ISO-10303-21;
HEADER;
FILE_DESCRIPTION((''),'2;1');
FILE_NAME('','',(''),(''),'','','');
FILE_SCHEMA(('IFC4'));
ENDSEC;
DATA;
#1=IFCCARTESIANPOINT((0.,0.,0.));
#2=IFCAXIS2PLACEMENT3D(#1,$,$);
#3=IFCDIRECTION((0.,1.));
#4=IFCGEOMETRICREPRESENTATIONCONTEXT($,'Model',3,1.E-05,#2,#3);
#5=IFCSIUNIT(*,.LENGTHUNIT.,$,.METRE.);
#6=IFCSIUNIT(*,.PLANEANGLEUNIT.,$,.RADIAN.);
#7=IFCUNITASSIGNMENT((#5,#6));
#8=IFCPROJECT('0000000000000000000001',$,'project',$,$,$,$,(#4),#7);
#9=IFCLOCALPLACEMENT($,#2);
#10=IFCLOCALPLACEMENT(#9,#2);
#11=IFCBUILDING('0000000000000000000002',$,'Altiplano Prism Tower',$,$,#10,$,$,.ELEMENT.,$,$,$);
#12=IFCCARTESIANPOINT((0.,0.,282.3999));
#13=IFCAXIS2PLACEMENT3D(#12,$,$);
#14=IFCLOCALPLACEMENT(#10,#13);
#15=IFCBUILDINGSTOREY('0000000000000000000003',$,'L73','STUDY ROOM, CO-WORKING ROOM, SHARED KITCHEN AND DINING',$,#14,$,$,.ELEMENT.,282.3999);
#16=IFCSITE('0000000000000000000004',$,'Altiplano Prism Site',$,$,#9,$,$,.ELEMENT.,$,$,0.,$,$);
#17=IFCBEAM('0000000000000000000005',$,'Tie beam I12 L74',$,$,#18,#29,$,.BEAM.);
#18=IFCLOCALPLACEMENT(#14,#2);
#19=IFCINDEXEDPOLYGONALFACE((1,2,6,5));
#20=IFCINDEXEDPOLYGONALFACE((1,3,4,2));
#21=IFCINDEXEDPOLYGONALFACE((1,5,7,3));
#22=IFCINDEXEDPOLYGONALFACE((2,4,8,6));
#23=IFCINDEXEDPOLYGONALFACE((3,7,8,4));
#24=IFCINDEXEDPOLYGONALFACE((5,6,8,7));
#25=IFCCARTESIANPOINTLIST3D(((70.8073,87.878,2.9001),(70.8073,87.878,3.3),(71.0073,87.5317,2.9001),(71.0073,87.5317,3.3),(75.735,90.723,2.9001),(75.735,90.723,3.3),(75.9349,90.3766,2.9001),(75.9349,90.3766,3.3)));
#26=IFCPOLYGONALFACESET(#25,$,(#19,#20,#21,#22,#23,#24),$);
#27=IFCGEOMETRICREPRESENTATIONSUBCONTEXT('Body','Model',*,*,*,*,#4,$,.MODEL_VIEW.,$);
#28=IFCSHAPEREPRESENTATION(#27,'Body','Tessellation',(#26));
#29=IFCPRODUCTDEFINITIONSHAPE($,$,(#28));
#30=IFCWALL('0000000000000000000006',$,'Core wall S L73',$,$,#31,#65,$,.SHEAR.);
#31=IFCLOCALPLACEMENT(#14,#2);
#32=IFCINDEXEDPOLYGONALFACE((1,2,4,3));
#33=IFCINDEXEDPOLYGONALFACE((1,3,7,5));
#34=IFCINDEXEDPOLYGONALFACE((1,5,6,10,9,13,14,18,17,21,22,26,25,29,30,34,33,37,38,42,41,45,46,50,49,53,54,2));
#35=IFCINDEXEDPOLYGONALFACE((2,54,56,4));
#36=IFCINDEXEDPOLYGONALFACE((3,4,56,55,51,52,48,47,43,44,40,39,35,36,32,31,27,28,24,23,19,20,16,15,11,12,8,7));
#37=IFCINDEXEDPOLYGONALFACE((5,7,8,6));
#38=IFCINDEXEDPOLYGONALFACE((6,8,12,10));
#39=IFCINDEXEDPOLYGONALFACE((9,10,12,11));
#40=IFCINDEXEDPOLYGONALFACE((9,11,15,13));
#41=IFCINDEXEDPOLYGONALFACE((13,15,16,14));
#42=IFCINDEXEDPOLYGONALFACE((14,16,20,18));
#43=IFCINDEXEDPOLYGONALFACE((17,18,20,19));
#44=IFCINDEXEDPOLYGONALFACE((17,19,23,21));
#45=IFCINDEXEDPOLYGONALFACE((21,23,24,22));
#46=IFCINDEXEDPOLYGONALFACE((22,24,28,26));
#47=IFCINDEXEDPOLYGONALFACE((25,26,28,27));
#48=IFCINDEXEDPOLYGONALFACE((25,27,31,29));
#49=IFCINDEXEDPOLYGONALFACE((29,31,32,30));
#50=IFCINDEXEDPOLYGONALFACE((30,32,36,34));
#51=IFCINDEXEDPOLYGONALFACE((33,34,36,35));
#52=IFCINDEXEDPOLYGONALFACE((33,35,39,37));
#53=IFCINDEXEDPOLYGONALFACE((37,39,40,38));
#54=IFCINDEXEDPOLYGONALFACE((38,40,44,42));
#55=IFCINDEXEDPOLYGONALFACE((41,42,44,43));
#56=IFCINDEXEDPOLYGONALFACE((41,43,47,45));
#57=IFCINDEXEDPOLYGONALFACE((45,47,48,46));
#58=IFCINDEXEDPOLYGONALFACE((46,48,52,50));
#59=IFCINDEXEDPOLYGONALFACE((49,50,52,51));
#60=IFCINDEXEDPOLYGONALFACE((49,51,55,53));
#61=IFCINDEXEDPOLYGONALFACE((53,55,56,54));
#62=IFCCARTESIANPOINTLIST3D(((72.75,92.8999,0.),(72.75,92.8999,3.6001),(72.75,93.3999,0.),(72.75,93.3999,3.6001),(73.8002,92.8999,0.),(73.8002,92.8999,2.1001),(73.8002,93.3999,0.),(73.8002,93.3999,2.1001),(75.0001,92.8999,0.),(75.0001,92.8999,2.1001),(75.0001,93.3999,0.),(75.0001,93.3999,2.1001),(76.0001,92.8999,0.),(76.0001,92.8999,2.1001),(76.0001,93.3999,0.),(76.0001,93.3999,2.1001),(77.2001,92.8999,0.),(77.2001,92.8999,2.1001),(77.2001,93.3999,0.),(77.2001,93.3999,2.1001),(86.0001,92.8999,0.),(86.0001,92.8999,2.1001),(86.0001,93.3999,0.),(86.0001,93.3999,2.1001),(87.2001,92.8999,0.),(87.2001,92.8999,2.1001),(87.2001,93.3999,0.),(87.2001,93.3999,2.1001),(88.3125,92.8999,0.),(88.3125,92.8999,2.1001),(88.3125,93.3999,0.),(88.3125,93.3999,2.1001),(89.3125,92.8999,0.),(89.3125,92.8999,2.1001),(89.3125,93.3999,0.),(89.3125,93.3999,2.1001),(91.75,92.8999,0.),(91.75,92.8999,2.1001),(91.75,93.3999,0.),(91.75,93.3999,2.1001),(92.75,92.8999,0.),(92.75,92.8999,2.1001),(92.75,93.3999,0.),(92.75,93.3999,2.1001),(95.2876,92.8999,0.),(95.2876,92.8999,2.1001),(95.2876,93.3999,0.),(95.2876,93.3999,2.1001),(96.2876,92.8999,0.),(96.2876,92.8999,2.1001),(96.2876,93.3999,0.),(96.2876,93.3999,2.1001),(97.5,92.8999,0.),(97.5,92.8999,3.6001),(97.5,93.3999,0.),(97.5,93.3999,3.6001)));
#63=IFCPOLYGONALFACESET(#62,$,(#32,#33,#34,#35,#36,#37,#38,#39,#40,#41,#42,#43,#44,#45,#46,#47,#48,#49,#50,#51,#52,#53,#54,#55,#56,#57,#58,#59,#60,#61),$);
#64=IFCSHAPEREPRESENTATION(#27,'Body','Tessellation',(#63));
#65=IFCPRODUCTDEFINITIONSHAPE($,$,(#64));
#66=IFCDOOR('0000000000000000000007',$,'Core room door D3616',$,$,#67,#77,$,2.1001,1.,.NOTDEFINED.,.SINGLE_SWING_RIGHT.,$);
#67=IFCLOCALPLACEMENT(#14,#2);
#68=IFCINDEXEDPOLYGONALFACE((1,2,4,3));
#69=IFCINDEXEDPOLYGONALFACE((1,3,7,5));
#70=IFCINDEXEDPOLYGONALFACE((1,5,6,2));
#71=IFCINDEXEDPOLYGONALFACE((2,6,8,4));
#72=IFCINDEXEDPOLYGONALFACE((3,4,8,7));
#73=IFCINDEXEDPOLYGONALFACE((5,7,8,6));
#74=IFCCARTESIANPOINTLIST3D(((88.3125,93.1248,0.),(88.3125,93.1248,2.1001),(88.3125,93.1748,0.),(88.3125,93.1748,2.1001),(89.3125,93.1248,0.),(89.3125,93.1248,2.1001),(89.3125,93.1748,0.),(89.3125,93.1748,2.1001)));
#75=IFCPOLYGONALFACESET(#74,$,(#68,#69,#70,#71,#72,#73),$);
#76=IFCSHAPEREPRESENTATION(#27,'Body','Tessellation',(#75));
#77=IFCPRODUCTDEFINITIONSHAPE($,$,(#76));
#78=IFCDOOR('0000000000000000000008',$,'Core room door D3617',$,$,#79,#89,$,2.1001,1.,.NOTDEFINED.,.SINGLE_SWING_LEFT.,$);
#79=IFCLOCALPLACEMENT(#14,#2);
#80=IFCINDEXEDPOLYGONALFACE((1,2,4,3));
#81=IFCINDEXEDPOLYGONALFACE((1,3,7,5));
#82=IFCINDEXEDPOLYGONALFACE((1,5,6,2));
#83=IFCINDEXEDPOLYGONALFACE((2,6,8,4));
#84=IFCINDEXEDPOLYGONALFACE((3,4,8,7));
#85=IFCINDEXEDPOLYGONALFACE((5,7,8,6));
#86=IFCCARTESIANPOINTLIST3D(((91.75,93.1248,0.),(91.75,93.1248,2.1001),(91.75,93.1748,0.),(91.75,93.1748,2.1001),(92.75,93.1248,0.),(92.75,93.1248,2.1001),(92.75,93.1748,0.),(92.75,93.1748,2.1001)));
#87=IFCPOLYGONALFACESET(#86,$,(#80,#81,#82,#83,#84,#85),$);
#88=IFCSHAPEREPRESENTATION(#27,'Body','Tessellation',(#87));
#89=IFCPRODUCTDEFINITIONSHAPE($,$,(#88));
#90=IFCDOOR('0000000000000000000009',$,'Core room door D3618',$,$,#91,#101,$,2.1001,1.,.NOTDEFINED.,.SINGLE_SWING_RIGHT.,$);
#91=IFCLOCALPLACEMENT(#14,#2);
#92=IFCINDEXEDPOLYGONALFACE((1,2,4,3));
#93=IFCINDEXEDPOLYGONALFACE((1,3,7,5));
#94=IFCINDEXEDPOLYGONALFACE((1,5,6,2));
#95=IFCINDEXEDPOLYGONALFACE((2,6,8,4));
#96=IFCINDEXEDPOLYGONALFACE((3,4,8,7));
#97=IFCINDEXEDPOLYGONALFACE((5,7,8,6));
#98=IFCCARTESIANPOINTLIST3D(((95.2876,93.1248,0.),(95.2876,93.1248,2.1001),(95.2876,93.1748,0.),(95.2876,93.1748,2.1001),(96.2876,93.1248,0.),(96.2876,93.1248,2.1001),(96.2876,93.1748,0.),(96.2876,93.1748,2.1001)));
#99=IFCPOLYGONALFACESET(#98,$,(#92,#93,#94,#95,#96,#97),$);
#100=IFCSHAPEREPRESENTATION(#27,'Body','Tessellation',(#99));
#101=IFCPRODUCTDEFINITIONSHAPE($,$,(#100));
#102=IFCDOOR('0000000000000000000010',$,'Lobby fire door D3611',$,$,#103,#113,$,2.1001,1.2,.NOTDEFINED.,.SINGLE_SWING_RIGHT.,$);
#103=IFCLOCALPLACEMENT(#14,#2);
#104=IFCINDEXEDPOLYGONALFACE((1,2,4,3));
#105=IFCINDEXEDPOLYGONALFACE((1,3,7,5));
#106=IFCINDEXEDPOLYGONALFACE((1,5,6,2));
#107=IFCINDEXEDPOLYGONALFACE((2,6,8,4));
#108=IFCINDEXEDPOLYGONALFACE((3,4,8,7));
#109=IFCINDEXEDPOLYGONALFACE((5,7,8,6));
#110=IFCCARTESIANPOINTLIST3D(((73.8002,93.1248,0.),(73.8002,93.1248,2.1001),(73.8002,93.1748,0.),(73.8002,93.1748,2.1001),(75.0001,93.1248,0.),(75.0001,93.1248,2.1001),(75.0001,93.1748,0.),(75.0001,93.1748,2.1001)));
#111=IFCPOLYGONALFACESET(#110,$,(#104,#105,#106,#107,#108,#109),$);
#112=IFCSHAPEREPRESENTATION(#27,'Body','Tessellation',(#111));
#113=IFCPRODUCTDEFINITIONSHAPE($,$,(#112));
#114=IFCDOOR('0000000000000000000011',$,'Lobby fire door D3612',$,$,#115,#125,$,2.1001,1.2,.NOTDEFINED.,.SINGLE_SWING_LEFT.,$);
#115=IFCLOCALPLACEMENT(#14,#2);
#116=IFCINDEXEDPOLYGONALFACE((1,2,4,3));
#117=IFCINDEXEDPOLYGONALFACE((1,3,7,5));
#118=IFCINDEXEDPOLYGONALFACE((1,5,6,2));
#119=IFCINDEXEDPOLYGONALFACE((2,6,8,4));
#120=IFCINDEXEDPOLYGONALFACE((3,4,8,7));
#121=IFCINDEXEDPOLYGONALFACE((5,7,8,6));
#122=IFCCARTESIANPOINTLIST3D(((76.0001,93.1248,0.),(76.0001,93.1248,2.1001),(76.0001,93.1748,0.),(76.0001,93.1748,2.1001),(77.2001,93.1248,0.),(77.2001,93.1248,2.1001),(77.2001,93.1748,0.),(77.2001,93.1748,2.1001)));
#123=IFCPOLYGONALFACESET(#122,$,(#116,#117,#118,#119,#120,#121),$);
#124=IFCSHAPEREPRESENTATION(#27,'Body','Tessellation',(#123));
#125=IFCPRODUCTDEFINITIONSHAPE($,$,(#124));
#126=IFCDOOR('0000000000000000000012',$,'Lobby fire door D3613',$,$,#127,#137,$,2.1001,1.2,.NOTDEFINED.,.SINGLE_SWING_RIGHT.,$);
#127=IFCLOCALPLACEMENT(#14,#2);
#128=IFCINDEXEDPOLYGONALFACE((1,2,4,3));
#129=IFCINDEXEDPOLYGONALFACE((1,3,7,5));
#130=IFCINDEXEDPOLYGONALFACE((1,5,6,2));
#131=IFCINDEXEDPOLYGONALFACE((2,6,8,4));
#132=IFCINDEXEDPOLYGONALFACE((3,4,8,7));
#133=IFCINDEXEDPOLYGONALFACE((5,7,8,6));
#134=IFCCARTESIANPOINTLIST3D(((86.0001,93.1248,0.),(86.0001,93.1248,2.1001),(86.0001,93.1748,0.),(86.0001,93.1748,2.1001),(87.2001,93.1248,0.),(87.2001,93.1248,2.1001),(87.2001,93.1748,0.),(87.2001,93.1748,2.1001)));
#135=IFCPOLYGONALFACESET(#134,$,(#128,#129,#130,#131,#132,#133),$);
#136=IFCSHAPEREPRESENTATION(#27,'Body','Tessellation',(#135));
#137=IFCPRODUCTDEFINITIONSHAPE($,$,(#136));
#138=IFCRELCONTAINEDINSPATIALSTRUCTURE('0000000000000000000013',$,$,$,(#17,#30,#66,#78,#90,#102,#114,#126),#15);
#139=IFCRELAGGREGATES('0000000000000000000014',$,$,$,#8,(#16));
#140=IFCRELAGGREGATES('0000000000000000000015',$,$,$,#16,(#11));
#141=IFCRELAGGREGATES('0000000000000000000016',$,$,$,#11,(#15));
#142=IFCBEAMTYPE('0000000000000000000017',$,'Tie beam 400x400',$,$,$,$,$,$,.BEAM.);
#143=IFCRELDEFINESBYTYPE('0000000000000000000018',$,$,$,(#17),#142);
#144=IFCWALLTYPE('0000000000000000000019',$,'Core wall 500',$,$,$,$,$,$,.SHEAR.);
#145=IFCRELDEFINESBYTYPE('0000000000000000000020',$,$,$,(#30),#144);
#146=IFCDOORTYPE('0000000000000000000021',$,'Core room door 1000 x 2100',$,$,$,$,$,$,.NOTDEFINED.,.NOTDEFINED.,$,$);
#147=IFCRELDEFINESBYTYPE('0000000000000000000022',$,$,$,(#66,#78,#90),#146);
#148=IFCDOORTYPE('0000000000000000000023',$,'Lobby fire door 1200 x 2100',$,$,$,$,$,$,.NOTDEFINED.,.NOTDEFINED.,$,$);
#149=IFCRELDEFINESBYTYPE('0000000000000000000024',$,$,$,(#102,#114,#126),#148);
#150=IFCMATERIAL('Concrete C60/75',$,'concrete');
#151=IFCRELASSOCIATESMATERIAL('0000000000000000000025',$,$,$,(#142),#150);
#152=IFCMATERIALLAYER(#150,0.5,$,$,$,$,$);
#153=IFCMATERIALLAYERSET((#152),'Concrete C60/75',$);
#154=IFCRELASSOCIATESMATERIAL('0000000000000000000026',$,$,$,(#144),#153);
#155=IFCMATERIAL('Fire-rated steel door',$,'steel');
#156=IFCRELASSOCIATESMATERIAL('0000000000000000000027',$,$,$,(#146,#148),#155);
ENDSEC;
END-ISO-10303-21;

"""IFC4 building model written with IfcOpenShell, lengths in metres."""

from ifc_helpers import new_model, si_unit, direction, frame, frame_2d, origin, origin_2d, place, context, subcontext, project, spatial, rectangle, extrude, material, layer, layer_set, material_profile, profile_set, type_object, element, fill, save


model = new_model("IFC4")

# Units and contexts
model_context = context("Model", 3, precision=1e-05, world=origin(), true_north=direction((0.0, 1.0)))
body_context = subcontext(model_context, "Body", "Model", "MODEL_VIEW")
ifc_project = project(units=[si_unit("LENGTHUNIT", "METRE"), si_unit("PLANEANGLEUNIT", "RADIAN")], contexts=[model_context])

# Site, building, storey
site_placement = place(None, origin())
site = spatial("IfcSite", under=ifc_project, at=site_placement, Name="Altiplano Prism Site", CompositionType="ELEMENT", RefElevation=0.0)
building_placement = place(site_placement, origin())
building = spatial("IfcBuilding", under=site, at=building_placement, Name="Altiplano Prism Tower", CompositionType="ELEMENT")
storey_placement = place(building_placement, frame((0.0, 0.0, 282.3999)))
storey = spatial("IfcBuildingStorey", under=building, at=storey_placement, Name="L73", Description="STUDY ROOM, CO-WORKING ROOM, SHARED KITCHEN AND DINING", CompositionType="ELEMENT", Elevation=282.3999)

# Beam
ifc_material_1 = material(Name="Concrete C60/75", Category="concrete")
ifc_material_profile = material_profile(ifc_material_1, rectangle(XDim=0.3999, YDim=0.3999, at=origin_2d()), Name="Tie beam 400x400")
ifc_profile_set = profile_set([ifc_material_profile], Name="Concrete C60/75")
beam_type = type_object("IfcBeamType", Name="Tie beam 400x400", PredefinedType="BEAM", material=ifc_profile_set)
beam_placement = place(storey_placement, frame((75.835, 90.5498, 3.1001), z_axis=(-0.86603, -0.499992, 0.0), x_axis=(0.499992, -0.86603, 0.0)))
element("IfcBeam", 1, at=beam_placement, inside=storey, type_object=beam_type, Name="Tie beam I12 L74", PredefinedType="BEAM", context=body_context, shape_type="SweptSolid", body=[
    extrude(rectangle(XDim=0.3999, YDim=0.3999, at=origin_2d()), origin(), (0.0, 0.0, 1.0), 5.6899),
])

# Wall, openings, doors
ifc_layer_1 = layer(ifc_material_1, 0.5)
ifc_layer_set_1 = layer_set([ifc_layer_1], Name="Concrete C60/75")
wall_type_1 = type_object("IfcWallType", Name="Core wall 500", PredefinedType="SHEAR", material=ifc_layer_set_1)
wall_1_placement = place(storey_placement, frame((72.75, 93.1499, 0.0), z_axis=(0.0, 0.0, 1.0), x_axis=(1.0, 0.0, 0.0)))
wall_1 = element("IfcWall", 2, at=wall_1_placement, inside=storey, type_object=wall_type_1, Name="Core wall S L73", PredefinedType="SHEAR", context=body_context, shape_type="SweptSolid", body=[
    extrude(rectangle(XDim=24.75, YDim=0.5, at=frame_2d((12.375, 0.0))), origin(), (0.0, 0.0, 1.0), 3.6001),
])
opening_1_placement = place(wall_1_placement, frame((1.05, 0.0, 0.0)))
opening_1 = element("IfcOpeningElement", 3, at=opening_1_placement, cuts=wall_1, PredefinedType="OPENING", context=body_context, shape_type="SweptSolid", body=[
    extrude(rectangle(XDim=1.2, YDim=2.1001, at=frame_2d((0.6001, 1.05))), frame((0.0, 0.2605, 0.0), z_axis=(0.0, -1.0, 0.0), x_axis=(1.0, 0.0, 0.0)), (0.0, 0.0, 1.0), 0.521),
])
opening_2_placement = place(wall_1_placement, frame((3.25, 0.0, 0.0)))
opening_2 = element("IfcOpeningElement", 4, at=opening_2_placement, cuts=wall_1, PredefinedType="OPENING", context=body_context, shape_type="SweptSolid", body=[
    extrude(rectangle(XDim=1.2, YDim=2.1001, at=frame_2d((0.6001, 1.05))), frame((0.0, 0.2605, 0.0), z_axis=(0.0, -1.0, 0.0), x_axis=(1.0, 0.0, 0.0)), (0.0, 0.0, 1.0), 0.521),
])
opening_3_placement = place(wall_1_placement, frame((13.25, 0.0, 0.0)))
opening_3 = element("IfcOpeningElement", 5, at=opening_3_placement, cuts=wall_1, PredefinedType="OPENING", context=body_context, shape_type="SweptSolid", body=[
    extrude(rectangle(XDim=1.2, YDim=2.1001, at=frame_2d((0.6001, 1.05))), frame((0.0, 0.2605, 0.0), z_axis=(0.0, -1.0, 0.0), x_axis=(1.0, 0.0, 0.0)), (0.0, 0.0, 1.0), 0.521),
])
opening_4_placement = place(wall_1_placement, frame((15.5625, 0.0, 0.0)))
opening_4 = element("IfcOpeningElement", 6, at=opening_4_placement, cuts=wall_1, PredefinedType="OPENING", context=body_context, shape_type="SweptSolid", body=[
    extrude(rectangle(XDim=1.0, YDim=2.1001, at=frame_2d((0.5, 1.05))), frame((0.0, 0.2605, 0.0), z_axis=(0.0, -1.0, 0.0), x_axis=(1.0, 0.0, 0.0)), (0.0, 0.0, 1.0), 0.521),
])
opening_5_placement = place(wall_1_placement, frame((19.0, 0.0, 0.0)))
opening_5 = element("IfcOpeningElement", 7, at=opening_5_placement, cuts=wall_1, PredefinedType="OPENING", context=body_context, shape_type="SweptSolid", body=[
    extrude(rectangle(XDim=1.0, YDim=2.1001, at=frame_2d((0.5, 1.05))), frame((0.0, 0.2605, 0.0), z_axis=(0.0, -1.0, 0.0), x_axis=(1.0, 0.0, 0.0)), (0.0, 0.0, 1.0), 0.521),
])
opening_6_placement = place(wall_1_placement, frame((22.5376, 0.0, 0.0)))
opening_6 = element("IfcOpeningElement", 8, at=opening_6_placement, cuts=wall_1, PredefinedType="OPENING", context=body_context, shape_type="SweptSolid", body=[
    extrude(rectangle(XDim=1.0, YDim=2.1001, at=frame_2d((0.5, 1.05))), frame((0.0, 0.2605, 0.0), z_axis=(0.0, -1.0, 0.0), x_axis=(1.0, 0.0, 0.0)), (0.0, 0.0, 1.0), 0.521),
])
ifc_material_2 = material(Name="Fire-rated steel door", Category="steel")
door_type_1 = type_object("IfcDoorType", Name="Core room door 1000 x 2100", OperationType="NOTDEFINED", PredefinedType="NOTDEFINED", material=ifc_material_2)
door_1_placement = place(opening_4_placement, origin())
door_1 = element("IfcDoor", 9, at=door_1_placement, inside=storey, type_object=door_type_1, Name="Core room door D3616", OperationType="SINGLE_SWING_RIGHT", OverallHeight=2.1001, OverallWidth=1.0, PredefinedType="NOTDEFINED", context=body_context, shape_type="SweptSolid", body=[
    extrude(rectangle(XDim=1.0, YDim=2.1001, at=frame_2d((0.5, 1.05))), frame((0.0, 0.0249, 0.0), z_axis=(0.0, -1.0, 0.0), x_axis=(1.0, 0.0, 0.0)), (0.0, 0.0, 1.0), 0.05),
])
fill(opening_4, door_1)
door_2_placement = place(opening_5_placement, origin())
door_2 = element("IfcDoor", 10, at=door_2_placement, inside=storey, type_object=door_type_1, Name="Core room door D3617", OperationType="SINGLE_SWING_LEFT", OverallHeight=2.1001, OverallWidth=1.0, PredefinedType="NOTDEFINED", context=body_context, shape_type="SweptSolid", body=[
    extrude(rectangle(XDim=1.0, YDim=2.1001, at=frame_2d((0.5, 1.05))), frame((0.0, 0.0249, 0.0), z_axis=(0.0, -1.0, 0.0), x_axis=(1.0, 0.0, 0.0)), (0.0, 0.0, 1.0), 0.05),
])
fill(opening_5, door_2)
door_3_placement = place(opening_6_placement, origin())
door_3 = element("IfcDoor", 11, at=door_3_placement, inside=storey, type_object=door_type_1, Name="Core room door D3618", OperationType="SINGLE_SWING_RIGHT", OverallHeight=2.1001, OverallWidth=1.0, PredefinedType="NOTDEFINED", context=body_context, shape_type="SweptSolid", body=[
    extrude(rectangle(XDim=1.0, YDim=2.1001, at=frame_2d((0.5, 1.05))), frame((0.0, 0.0249, 0.0), z_axis=(0.0, -1.0, 0.0), x_axis=(1.0, 0.0, 0.0)), (0.0, 0.0, 1.0), 0.05),
])
fill(opening_6, door_3)
door_type_2 = type_object("IfcDoorType", Name="Lobby fire door 1200 x 2100", OperationType="NOTDEFINED", PredefinedType="NOTDEFINED", material=ifc_material_2)
door_4_placement = place(opening_1_placement, origin())
door_4 = element("IfcDoor", 12, at=door_4_placement, inside=storey, type_object=door_type_2, Name="Lobby fire door D3611", OperationType="SINGLE_SWING_RIGHT", OverallHeight=2.1001, OverallWidth=1.2, PredefinedType="NOTDEFINED", context=body_context, shape_type="SweptSolid", body=[
    extrude(rectangle(XDim=1.2, YDim=2.1001, at=frame_2d((0.6001, 1.05))), frame((0.0, 0.0249, 0.0), z_axis=(0.0, -1.0, 0.0), x_axis=(1.0, 0.0, 0.0)), (0.0, 0.0, 1.0), 0.05),
])
fill(opening_1, door_4)
door_5_placement = place(opening_2_placement, origin())
door_5 = element("IfcDoor", 13, at=door_5_placement, inside=storey, type_object=door_type_2, Name="Lobby fire door D3612", OperationType="SINGLE_SWING_LEFT", OverallHeight=2.1001, OverallWidth=1.2, PredefinedType="NOTDEFINED", context=body_context, shape_type="SweptSolid", body=[
    extrude(rectangle(XDim=1.2, YDim=2.1001, at=frame_2d((0.6001, 1.05))), frame((0.0, 0.0249, 0.0), z_axis=(0.0, -1.0, 0.0), x_axis=(1.0, 0.0, 0.0)), (0.0, 0.0, 1.0), 0.05),
])
fill(opening_2, door_5)
door_6_placement = place(opening_3_placement, origin())
door_6 = element("IfcDoor", 14, at=door_6_placement, inside=storey, type_object=door_type_2, Name="Lobby fire door D3613", OperationType="SINGLE_SWING_RIGHT", OverallHeight=2.1001, OverallWidth=1.2, PredefinedType="NOTDEFINED", context=body_context, shape_type="SweptSolid", body=[
    extrude(rectangle(XDim=1.2, YDim=2.1001, at=frame_2d((0.6001, 1.05))), frame((0.0, 0.0249, 0.0), z_axis=(0.0, -1.0, 0.0), x_axis=(1.0, 0.0, 0.0)), (0.0, 0.0, 1.0), 0.05),
])
fill(opening_3, door_6)

save(model, "model.ifc")
